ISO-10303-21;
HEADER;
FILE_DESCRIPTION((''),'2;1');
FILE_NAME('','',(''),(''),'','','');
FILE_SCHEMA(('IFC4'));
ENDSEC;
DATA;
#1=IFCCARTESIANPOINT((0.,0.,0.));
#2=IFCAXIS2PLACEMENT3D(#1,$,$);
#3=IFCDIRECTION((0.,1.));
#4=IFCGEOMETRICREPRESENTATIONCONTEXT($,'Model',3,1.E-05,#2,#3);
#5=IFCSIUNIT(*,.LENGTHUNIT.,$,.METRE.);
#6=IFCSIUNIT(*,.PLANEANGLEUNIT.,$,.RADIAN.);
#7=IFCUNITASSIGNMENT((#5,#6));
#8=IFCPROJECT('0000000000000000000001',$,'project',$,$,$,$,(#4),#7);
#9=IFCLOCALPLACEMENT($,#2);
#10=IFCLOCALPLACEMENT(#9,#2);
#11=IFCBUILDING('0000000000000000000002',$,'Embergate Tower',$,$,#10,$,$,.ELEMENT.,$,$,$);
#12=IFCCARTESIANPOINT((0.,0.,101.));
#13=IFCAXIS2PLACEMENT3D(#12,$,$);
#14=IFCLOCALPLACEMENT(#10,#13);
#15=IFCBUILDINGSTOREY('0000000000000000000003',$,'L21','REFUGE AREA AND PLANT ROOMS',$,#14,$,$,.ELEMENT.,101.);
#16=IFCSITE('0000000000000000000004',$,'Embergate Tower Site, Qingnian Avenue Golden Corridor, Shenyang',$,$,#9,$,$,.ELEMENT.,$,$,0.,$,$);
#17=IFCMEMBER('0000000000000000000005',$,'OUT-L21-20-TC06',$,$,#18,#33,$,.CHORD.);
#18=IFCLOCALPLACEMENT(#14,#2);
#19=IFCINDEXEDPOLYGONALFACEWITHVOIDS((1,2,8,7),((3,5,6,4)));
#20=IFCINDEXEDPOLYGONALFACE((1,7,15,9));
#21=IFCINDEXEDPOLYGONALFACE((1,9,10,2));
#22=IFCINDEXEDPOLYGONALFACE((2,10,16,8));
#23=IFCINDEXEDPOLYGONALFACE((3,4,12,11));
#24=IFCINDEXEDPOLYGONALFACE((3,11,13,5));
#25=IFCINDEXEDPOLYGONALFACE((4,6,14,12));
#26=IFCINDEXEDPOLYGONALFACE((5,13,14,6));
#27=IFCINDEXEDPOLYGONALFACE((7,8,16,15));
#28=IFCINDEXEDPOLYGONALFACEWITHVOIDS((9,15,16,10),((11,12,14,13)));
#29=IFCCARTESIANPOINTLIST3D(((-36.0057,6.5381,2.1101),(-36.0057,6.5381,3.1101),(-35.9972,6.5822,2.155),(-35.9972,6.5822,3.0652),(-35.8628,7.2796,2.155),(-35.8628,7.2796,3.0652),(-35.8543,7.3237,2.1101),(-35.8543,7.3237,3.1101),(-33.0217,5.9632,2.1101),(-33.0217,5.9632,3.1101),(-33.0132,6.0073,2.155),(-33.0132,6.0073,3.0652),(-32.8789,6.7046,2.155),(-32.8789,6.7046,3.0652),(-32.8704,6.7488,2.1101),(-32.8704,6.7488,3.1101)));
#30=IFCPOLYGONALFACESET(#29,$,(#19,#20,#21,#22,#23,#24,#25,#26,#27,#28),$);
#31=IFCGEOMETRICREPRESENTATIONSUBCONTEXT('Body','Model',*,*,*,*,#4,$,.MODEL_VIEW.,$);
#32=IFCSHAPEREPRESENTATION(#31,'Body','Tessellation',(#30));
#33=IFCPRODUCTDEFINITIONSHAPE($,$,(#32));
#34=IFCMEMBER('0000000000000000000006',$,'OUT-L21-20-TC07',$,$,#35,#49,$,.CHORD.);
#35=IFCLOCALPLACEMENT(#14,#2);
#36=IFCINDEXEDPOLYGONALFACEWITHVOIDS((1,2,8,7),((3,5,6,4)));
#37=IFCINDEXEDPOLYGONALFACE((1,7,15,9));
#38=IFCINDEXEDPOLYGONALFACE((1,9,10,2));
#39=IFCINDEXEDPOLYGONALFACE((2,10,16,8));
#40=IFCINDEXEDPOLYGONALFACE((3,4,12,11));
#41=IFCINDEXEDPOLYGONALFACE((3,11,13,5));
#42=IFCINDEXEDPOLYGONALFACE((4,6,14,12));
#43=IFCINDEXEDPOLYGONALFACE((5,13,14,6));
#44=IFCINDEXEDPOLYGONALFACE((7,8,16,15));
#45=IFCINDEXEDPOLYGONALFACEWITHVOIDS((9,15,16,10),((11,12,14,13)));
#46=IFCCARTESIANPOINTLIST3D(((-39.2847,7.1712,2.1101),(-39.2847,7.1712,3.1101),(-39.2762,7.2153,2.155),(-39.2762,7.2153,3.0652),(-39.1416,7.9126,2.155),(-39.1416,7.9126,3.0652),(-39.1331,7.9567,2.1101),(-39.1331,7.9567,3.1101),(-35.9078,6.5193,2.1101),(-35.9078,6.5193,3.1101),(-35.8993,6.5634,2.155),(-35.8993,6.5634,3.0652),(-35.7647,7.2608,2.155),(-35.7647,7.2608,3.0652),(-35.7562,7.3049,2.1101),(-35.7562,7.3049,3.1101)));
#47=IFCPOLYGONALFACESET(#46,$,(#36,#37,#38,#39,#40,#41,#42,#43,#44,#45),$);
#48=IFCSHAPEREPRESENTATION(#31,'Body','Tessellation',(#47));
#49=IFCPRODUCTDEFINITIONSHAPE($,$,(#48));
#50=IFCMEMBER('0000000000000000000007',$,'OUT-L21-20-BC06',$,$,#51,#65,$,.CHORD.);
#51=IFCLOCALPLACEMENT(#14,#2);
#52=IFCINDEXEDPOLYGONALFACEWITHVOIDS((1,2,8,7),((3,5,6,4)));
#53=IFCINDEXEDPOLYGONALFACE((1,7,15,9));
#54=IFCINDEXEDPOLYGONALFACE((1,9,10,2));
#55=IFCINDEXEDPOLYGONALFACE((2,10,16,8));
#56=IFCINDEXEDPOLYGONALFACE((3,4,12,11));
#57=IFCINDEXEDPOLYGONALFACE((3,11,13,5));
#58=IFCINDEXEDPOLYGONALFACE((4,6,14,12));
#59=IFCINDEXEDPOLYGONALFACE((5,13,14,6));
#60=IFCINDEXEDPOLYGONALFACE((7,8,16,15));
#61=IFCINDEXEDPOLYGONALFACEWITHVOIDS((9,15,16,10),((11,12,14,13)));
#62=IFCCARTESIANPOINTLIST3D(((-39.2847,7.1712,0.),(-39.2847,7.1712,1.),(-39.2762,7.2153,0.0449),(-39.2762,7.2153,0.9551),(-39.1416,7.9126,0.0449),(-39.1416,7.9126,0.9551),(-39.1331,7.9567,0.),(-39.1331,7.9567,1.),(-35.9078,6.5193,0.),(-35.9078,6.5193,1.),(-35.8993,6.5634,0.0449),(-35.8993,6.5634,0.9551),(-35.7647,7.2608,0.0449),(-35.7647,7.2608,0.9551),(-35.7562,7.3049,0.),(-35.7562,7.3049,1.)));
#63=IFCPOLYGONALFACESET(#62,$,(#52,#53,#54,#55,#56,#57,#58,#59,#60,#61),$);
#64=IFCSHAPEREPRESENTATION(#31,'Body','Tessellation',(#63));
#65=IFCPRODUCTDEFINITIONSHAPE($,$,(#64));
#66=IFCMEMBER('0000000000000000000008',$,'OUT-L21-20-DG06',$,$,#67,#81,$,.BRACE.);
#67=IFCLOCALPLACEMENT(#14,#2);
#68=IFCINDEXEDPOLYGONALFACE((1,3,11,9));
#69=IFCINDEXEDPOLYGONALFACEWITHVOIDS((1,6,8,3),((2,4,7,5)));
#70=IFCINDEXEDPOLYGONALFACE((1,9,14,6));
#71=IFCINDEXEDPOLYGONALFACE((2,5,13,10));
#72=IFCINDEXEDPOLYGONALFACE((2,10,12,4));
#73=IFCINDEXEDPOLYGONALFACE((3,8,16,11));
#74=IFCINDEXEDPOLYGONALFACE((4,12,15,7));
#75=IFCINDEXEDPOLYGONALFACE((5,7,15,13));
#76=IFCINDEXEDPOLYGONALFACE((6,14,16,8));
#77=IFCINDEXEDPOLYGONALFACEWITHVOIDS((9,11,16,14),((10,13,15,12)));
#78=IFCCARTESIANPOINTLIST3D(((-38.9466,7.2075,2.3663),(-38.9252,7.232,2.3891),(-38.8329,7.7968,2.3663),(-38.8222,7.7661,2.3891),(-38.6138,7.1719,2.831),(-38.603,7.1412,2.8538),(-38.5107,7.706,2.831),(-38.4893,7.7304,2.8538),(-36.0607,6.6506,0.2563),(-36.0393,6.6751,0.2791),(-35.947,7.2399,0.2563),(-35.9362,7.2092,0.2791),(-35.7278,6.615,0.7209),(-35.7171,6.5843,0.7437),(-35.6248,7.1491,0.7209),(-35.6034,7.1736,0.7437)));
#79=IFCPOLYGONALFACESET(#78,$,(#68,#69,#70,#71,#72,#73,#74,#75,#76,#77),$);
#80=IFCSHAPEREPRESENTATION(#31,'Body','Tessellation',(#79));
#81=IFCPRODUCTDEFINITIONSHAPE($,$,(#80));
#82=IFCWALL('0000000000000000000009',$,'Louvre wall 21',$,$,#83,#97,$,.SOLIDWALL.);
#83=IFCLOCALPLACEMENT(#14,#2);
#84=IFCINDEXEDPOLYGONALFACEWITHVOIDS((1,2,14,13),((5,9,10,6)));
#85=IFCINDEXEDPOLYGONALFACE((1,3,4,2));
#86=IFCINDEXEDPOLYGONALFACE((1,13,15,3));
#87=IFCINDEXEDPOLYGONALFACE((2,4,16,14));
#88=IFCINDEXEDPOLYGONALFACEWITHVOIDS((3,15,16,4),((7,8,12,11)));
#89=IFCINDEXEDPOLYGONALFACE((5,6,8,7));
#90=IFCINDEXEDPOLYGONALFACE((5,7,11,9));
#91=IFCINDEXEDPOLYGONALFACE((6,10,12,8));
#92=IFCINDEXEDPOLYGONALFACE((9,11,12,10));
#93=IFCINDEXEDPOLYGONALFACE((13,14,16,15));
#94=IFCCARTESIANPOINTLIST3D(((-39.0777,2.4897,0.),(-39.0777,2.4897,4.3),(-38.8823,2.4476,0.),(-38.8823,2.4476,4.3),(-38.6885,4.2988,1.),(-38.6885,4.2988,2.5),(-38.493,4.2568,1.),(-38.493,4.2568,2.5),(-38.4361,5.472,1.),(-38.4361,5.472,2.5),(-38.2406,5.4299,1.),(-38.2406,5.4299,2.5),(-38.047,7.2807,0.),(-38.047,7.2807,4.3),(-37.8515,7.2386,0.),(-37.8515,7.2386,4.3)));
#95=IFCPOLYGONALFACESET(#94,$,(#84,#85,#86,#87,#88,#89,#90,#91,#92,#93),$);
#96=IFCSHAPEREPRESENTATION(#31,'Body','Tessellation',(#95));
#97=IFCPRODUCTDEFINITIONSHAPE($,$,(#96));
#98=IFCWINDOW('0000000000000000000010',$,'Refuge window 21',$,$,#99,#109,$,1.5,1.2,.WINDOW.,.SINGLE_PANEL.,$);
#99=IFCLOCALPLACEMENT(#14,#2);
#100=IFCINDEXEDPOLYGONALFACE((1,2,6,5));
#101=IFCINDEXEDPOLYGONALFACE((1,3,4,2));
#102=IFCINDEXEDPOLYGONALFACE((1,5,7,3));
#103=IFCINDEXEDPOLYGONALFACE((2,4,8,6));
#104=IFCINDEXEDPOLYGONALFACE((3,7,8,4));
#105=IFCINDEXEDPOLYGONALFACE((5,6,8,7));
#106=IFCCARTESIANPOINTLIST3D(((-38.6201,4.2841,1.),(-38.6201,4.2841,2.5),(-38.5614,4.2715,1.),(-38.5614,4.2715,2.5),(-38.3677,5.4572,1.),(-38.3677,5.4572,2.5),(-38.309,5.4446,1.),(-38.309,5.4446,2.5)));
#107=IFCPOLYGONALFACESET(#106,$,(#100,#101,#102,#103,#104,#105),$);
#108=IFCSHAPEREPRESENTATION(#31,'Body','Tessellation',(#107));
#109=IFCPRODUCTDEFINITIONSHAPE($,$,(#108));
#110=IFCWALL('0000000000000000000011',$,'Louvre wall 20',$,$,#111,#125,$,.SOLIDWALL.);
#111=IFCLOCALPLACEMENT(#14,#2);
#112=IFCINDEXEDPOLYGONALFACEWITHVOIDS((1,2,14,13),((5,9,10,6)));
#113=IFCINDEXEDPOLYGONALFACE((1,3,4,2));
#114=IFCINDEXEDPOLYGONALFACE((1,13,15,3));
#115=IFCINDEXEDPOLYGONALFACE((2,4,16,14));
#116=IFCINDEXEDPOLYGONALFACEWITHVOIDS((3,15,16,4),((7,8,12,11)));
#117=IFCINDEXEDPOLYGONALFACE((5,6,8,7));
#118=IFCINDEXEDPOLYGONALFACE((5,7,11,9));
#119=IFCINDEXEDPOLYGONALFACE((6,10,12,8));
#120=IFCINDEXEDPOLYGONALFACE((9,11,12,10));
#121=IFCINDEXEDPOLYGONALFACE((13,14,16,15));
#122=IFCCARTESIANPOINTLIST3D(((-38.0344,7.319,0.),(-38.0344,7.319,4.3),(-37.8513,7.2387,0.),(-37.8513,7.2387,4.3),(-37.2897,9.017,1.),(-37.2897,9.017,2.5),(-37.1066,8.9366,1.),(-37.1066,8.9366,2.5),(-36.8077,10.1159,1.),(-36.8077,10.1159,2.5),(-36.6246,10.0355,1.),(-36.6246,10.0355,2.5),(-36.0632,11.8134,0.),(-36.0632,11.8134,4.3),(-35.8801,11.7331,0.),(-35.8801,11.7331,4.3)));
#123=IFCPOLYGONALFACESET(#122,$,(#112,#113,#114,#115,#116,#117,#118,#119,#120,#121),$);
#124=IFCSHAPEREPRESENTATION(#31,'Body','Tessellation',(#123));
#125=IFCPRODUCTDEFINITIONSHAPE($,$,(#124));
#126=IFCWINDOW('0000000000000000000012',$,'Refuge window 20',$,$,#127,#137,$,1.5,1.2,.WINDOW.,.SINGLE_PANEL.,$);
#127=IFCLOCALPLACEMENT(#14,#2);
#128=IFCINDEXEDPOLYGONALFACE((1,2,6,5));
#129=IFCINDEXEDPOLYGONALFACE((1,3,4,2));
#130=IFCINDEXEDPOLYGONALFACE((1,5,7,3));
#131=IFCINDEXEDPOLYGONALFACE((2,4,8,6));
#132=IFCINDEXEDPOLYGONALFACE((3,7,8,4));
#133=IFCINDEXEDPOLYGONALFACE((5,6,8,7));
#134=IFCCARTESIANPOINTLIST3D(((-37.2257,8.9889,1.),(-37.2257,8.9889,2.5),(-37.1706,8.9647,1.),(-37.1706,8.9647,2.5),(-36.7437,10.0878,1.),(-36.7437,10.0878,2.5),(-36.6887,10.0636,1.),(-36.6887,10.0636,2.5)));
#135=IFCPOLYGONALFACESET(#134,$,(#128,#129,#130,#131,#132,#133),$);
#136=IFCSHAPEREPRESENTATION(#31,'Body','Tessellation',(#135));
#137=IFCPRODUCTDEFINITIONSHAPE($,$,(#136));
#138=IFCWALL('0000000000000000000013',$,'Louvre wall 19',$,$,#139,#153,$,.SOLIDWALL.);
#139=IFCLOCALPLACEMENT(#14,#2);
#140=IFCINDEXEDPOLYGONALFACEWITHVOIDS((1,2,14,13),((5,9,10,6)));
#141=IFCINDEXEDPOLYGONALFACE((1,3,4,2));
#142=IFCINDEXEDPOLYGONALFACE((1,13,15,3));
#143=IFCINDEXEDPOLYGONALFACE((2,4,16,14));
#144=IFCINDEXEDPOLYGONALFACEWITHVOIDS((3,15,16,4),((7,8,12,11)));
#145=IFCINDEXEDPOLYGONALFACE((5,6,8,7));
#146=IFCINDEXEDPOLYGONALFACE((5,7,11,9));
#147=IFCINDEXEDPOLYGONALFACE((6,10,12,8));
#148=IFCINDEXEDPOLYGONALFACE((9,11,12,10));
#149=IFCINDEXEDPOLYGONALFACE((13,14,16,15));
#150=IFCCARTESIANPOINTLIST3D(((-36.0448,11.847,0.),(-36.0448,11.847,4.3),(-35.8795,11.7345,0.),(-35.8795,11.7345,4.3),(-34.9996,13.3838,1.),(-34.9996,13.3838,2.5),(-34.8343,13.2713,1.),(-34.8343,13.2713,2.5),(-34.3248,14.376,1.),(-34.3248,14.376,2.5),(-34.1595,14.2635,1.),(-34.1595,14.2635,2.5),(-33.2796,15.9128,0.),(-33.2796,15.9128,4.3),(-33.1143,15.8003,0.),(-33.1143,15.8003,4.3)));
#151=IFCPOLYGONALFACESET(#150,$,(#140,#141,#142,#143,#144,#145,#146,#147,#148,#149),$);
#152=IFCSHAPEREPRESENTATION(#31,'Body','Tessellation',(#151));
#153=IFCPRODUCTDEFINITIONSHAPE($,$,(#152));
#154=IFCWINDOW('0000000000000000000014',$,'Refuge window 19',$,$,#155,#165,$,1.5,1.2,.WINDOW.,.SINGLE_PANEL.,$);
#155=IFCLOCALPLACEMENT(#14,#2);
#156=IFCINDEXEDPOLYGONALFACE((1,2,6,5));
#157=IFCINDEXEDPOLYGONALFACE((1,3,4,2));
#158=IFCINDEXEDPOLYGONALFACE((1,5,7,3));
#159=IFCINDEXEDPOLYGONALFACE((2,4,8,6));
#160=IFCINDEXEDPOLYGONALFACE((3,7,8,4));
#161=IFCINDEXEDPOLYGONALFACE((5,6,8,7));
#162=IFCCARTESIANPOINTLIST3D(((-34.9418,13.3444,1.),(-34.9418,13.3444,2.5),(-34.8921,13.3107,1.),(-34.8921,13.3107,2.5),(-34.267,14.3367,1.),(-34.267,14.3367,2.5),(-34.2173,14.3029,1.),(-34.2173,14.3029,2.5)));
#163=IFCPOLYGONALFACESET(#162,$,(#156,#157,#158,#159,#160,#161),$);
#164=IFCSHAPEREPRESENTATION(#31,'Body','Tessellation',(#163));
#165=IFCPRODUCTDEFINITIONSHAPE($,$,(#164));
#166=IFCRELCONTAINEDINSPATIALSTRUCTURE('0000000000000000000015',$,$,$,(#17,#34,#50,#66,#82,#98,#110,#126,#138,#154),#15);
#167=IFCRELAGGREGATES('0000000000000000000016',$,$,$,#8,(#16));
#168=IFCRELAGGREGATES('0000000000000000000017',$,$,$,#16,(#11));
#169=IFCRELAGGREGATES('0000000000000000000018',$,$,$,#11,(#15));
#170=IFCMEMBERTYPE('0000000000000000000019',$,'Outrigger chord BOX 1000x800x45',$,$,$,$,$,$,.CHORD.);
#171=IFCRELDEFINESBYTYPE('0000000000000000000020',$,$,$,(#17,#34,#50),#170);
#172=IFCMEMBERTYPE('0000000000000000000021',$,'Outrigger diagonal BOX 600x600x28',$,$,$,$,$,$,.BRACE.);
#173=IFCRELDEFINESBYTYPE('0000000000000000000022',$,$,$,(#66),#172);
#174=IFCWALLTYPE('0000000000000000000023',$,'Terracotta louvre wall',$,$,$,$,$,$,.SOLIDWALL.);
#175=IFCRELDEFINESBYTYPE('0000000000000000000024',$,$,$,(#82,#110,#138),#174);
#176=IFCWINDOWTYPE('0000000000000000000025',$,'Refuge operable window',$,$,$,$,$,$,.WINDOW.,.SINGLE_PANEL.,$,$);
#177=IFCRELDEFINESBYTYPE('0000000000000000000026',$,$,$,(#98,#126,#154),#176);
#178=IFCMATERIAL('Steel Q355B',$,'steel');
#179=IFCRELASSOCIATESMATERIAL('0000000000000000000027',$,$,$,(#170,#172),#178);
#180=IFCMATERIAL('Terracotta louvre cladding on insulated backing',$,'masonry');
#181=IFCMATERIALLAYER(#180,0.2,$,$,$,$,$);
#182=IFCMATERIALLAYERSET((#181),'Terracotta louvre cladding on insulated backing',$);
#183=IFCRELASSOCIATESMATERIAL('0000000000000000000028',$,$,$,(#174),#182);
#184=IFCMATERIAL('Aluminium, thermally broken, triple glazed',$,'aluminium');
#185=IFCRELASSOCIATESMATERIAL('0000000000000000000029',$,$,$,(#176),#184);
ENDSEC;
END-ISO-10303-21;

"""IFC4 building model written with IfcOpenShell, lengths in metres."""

from ifc_helpers import new_model, si_unit, direction, frame, frame_2d, origin, origin_2d, place, context, subcontext, project, spatial, rectangle, hollow_rectangle, extrude, source, transform, mapped, material, layer, layer_set, material_profile, profile_set, type_object, element, fill, save


model = new_model("IFC4")

# Units and contexts
model_context = context("Model", 3, precision=1e-05, world=origin(), true_north=direction((0.0, 1.0)))
body_context = subcontext(model_context, "Body", "Model", "MODEL_VIEW")
ifc_project = project(units=[si_unit("LENGTHUNIT", "METRE"), si_unit("PLANEANGLEUNIT", "RADIAN")], contexts=[model_context])

# Site, building, storey
site_placement = place(None, origin())
site = spatial("IfcSite", under=ifc_project, at=site_placement, Name="Embergate Tower Site, Qingnian Avenue Golden Corridor, Shenyang", CompositionType="ELEMENT", RefElevation=0.0)
building_placement = place(site_placement, origin())
building = spatial("IfcBuilding", under=site, at=building_placement, Name="Embergate Tower", CompositionType="ELEMENT")
storey_placement = place(building_placement, frame((0.0, 0.0, 101.0)))
storey = spatial("IfcBuildingStorey", under=building, at=storey_placement, Name="L21", Description="REFUGE AREA AND PLANT ROOMS", CompositionType="ELEMENT", Elevation=101.0)

# Shared definitions
ifc_material_1 = material(Name="Steel Q355B", Category="steel")

# Members
ifc_material_profile_1 = material_profile(ifc_material_1, hollow_rectangle(XDim=0.8, YDim=1.0, WallThickness=0.0449, at=origin_2d()), Name="BOX 1000x800x45")
ifc_profile_set_1 = profile_set([ifc_material_profile_1], Name="Steel Q355 grade B")
member_type_1 = type_object("IfcMemberType", Name="Outrigger chord BOX 1000x800x45", PredefinedType="CHORD", material=ifc_profile_set_1)
shared_shape_1 = source(origin(), body_context, "Body", "SweptSolid", [
    extrude(hollow_rectangle(XDim=0.8, YDim=1.0, WallThickness=0.0449, at=origin_2d()), origin(), (0.0, 0.0, 1.0), 3.0388),
])
member_1_placement = place(storey_placement, frame((-32.946, 6.356, 2.6101), z_axis=(-0.981938, 0.189205, 0.0), x_axis=(-0.189205, -0.981938, 0.0)))
element("IfcMember", 1, at=member_1_placement, inside=storey, type_object=member_type_1, Name="OUT-L21-20-TC06", PredefinedType="CHORD", context=body_context, shape_type="MappedRepresentation", body=[
    mapped(shared_shape_1, transform((0.0, 0.0, 0.0))),
])
shared_shape_2 = source(origin(), body_context, "Body", "SweptSolid", [
    extrude(hollow_rectangle(XDim=0.8, YDim=1.0, WallThickness=0.0449, at=origin_2d()), origin(), (0.0, 0.0, 1.0), 3.4392),
])
for number, where, z_axis, x_axis, name in (
    (2, (-35.832, 6.9121, 2.6101), (-0.981875, 0.189532, 0.0), (-0.189532, -0.981875, 0.0), "OUT-L21-20-TC07"),
    (3, (-35.832, 6.9121, 0.5), (-0.981875, 0.189532, 0.0), (-0.189532, -0.981875, 0.0), "OUT-L21-20-BC06"),
):
    element("IfcMember", number, at=place(storey_placement, frame(where, z_axis=z_axis, x_axis=x_axis)), inside=storey, type_object=member_type_1, Name=name, PredefinedType="CHORD", context=body_context, shape_type="MappedRepresentation", body=[
        mapped(shared_shape_2, transform((0.0, 0.0, 0.0))),
    ])
ifc_material_profile_2 = material_profile(ifc_material_1, hollow_rectangle(XDim=0.6001, YDim=0.6001, WallThickness=0.0281, at=origin_2d()), Name="BOX 600x600x28")
ifc_profile_set_2 = profile_set([ifc_material_profile_2], Name="Steel Q355 grade B")
member_type_2 = type_object("IfcMemberType", Name="Outrigger diagonal BOX 600x600x28", PredefinedType="BRACE", material=ifc_profile_set_2)
shared_shape_3 = source(origin(), body_context, "Body", "SweptSolid", [
    extrude(hollow_rectangle(XDim=0.6001, YDim=0.6001, WallThickness=0.0281, at=origin_2d()), origin(), (0.0, 0.0, 1.0), 3.6182),
])
member_2_placement = place(storey_placement, frame((-35.832, 6.9121, 0.5), z_axis=(-0.797624, 0.153911, 0.583188), x_axis=(-0.189467, -0.981887, 0.0)))
element("IfcMember", 4, at=member_2_placement, inside=storey, type_object=member_type_2, Name="OUT-L21-20-DG06", PredefinedType="BRACE", context=body_context, shape_type="MappedRepresentation", body=[
    mapped(shared_shape_3, transform((0.0, 0.0, 0.0))),
])

# Walls, openings, windows
ifc_material_2 = material(Name="Terracotta louvre cladding on insulated backing", Category="masonry")
ifc_layer_1 = layer(ifc_material_2, 0.2)
ifc_layer_set_1 = layer_set([ifc_layer_1], Name="Terracotta louvre cladding on insulated backing")
wall_type_1 = type_object("IfcWallType", Name="Terracotta louvre wall", PredefinedType="SOLIDWALL", material=ifc_layer_set_1)
shared_shape_4 = source(origin(), body_context, "Body", "SweptSolid", [
    extrude(rectangle(XDim=4.9006, YDim=0.2, at=frame_2d((2.4502, 0.0))), origin(), (0.0, 0.0, 1.0), 4.3),
])
wall_1_placement = place(storey_placement, frame((-38.98, 2.4688, 0.0), z_axis=(0.0, 0.0, 1.0), x_axis=(0.210332, 0.97763, 0.0)))
wall_1 = element("IfcWall", 5, at=wall_1_placement, inside=storey, type_object=wall_type_1, Name="Louvre wall 21", PredefinedType="SOLIDWALL", context=body_context, shape_type="MappedRepresentation", body=[
    mapped(shared_shape_4, transform((0.0, 0.0, 0.0))),
])
shared_shape_5 = source(origin(), body_context, "Body", "SweptSolid", [
    extrude(rectangle(XDim=1.2, YDim=1.5, at=frame_2d((0.6001, 0.75))), frame((0.0, 0.1099, 0.0), z_axis=(0.0, -1.0, 0.0), x_axis=(1.0, 0.0, 0.0)), (0.0, 0.0, 1.0), 0.22),
])
opening_1_placement = place(wall_1_placement, frame((1.8503, 0.0, 1.0)))
opening_1 = element("IfcOpeningElement", 6, at=opening_1_placement, cuts=wall_1, PredefinedType="OPENING", context=body_context, shape_type="MappedRepresentation", body=[
    mapped(shared_shape_5, transform((0.0, 0.0, 0.0))),
])
ifc_material_3 = material(Name="Aluminium, thermally broken, triple glazed", Category="aluminium")
window_type = type_object("IfcWindowType", Name="Refuge operable window", PartitioningType="SINGLE_PANEL", PredefinedType="WINDOW", material=ifc_material_3)
shared_shape_6 = source(origin(), body_context, "Body", "SweptSolid", [
    extrude(rectangle(XDim=1.2, YDim=1.5, at=frame_2d((0.6001, 0.75))), frame((0.0, 0.03, 0.0), z_axis=(0.0, -1.0, 0.0), x_axis=(1.0, 0.0, 0.0)), (0.0, 0.0, 1.0), 0.0601),
])
window_1_placement = place(opening_1_placement, origin())
window_1 = element("IfcWindow", 7, at=window_1_placement, inside=storey, type_object=window_type, Name="Refuge window 21", OverallHeight=1.5, OverallWidth=1.2, PartitioningType="SINGLE_PANEL", PredefinedType="WINDOW", context=body_context, shape_type="MappedRepresentation", body=[
    mapped(shared_shape_6, transform((0.0, 0.0, 0.0))),
])
fill(opening_1, window_1)
shared_shape_7 = source(origin(), body_context, "Body", "SweptSolid", [
    extrude(rectangle(XDim=4.9077, YDim=0.2, at=frame_2d((2.4539, 0.0))), origin(), (0.0, 0.0, 1.0), 4.3),
])
wall_2_placement = place(storey_placement, frame((-37.9429, 7.2788, 0.0), z_axis=(0.0, 0.0, 1.0), x_axis=(0.401656, 0.91579, 0.0)))
wall_2 = element("IfcWall", 8, at=wall_2_placement, inside=storey, type_object=wall_type_1, Name="Louvre wall 20", PredefinedType="SOLIDWALL", context=body_context, shape_type="MappedRepresentation", body=[
    mapped(shared_shape_7, transform((0.0, 0.0, 0.0))),
])
opening_2_placement = place(wall_2_placement, frame((1.854, 0.0, 1.0)))
opening_2 = element("IfcOpeningElement", 9, at=opening_2_placement, cuts=wall_2, PredefinedType="OPENING", context=body_context, shape_type="MappedRepresentation", body=[
    mapped(shared_shape_5, transform((0.0, 0.0, 0.0))),
])
window_2_placement = place(opening_2_placement, origin())
window_2 = element("IfcWindow", 10, at=window_2_placement, inside=storey, type_object=window_type, Name="Refuge window 20", OverallHeight=1.5, OverallWidth=1.2, PartitioningType="SINGLE_PANEL", PredefinedType="WINDOW", context=body_context, shape_type="MappedRepresentation", body=[
    mapped(shared_shape_6, transform((0.0, 0.0, 0.0))),
])
fill(opening_2, window_2)
shared_shape_8 = source(origin(), body_context, "Body", "SweptSolid", [
    extrude(rectangle(XDim=4.917, YDim=0.2, at=frame_2d((2.4585, 0.0))), origin(), (0.0, 0.0, 1.0), 4.3),
])
wall_3_placement = place(storey_placement, frame((-35.9622, 11.7908, 0.0), z_axis=(0.0, 0.0, 1.0), x_axis=(0.562377, 0.826881, 0.0)))
wall_3 = element("IfcWall", 11, at=wall_3_placement, inside=storey, type_object=wall_type_1, Name="Louvre wall 19", PredefinedType="SOLIDWALL", context=body_context, shape_type="MappedRepresentation", body=[
    mapped(shared_shape_8, transform((0.0, 0.0, 0.0))),
])
opening_3_placement = place(wall_3_placement, frame((1.8584, 0.0, 1.0)))
opening_3 = element("IfcOpeningElement", 12, at=opening_3_placement, cuts=wall_3, PredefinedType="OPENING", context=body_context, shape_type="MappedRepresentation", body=[
    mapped(shared_shape_5, transform((0.0, 0.0, 0.0))),
])
window_3_placement = place(opening_3_placement, origin())
window_3 = element("IfcWindow", 13, at=window_3_placement, inside=storey, type_object=window_type, Name="Refuge window 19", OverallHeight=1.5, OverallWidth=1.2, PartitioningType="SINGLE_PANEL", PredefinedType="WINDOW", context=body_context, shape_type="MappedRepresentation", body=[
    mapped(shared_shape_6, transform((0.0, 0.0, 0.0))),
])
fill(opening_3, window_3)

save(model, "model.ifc")
